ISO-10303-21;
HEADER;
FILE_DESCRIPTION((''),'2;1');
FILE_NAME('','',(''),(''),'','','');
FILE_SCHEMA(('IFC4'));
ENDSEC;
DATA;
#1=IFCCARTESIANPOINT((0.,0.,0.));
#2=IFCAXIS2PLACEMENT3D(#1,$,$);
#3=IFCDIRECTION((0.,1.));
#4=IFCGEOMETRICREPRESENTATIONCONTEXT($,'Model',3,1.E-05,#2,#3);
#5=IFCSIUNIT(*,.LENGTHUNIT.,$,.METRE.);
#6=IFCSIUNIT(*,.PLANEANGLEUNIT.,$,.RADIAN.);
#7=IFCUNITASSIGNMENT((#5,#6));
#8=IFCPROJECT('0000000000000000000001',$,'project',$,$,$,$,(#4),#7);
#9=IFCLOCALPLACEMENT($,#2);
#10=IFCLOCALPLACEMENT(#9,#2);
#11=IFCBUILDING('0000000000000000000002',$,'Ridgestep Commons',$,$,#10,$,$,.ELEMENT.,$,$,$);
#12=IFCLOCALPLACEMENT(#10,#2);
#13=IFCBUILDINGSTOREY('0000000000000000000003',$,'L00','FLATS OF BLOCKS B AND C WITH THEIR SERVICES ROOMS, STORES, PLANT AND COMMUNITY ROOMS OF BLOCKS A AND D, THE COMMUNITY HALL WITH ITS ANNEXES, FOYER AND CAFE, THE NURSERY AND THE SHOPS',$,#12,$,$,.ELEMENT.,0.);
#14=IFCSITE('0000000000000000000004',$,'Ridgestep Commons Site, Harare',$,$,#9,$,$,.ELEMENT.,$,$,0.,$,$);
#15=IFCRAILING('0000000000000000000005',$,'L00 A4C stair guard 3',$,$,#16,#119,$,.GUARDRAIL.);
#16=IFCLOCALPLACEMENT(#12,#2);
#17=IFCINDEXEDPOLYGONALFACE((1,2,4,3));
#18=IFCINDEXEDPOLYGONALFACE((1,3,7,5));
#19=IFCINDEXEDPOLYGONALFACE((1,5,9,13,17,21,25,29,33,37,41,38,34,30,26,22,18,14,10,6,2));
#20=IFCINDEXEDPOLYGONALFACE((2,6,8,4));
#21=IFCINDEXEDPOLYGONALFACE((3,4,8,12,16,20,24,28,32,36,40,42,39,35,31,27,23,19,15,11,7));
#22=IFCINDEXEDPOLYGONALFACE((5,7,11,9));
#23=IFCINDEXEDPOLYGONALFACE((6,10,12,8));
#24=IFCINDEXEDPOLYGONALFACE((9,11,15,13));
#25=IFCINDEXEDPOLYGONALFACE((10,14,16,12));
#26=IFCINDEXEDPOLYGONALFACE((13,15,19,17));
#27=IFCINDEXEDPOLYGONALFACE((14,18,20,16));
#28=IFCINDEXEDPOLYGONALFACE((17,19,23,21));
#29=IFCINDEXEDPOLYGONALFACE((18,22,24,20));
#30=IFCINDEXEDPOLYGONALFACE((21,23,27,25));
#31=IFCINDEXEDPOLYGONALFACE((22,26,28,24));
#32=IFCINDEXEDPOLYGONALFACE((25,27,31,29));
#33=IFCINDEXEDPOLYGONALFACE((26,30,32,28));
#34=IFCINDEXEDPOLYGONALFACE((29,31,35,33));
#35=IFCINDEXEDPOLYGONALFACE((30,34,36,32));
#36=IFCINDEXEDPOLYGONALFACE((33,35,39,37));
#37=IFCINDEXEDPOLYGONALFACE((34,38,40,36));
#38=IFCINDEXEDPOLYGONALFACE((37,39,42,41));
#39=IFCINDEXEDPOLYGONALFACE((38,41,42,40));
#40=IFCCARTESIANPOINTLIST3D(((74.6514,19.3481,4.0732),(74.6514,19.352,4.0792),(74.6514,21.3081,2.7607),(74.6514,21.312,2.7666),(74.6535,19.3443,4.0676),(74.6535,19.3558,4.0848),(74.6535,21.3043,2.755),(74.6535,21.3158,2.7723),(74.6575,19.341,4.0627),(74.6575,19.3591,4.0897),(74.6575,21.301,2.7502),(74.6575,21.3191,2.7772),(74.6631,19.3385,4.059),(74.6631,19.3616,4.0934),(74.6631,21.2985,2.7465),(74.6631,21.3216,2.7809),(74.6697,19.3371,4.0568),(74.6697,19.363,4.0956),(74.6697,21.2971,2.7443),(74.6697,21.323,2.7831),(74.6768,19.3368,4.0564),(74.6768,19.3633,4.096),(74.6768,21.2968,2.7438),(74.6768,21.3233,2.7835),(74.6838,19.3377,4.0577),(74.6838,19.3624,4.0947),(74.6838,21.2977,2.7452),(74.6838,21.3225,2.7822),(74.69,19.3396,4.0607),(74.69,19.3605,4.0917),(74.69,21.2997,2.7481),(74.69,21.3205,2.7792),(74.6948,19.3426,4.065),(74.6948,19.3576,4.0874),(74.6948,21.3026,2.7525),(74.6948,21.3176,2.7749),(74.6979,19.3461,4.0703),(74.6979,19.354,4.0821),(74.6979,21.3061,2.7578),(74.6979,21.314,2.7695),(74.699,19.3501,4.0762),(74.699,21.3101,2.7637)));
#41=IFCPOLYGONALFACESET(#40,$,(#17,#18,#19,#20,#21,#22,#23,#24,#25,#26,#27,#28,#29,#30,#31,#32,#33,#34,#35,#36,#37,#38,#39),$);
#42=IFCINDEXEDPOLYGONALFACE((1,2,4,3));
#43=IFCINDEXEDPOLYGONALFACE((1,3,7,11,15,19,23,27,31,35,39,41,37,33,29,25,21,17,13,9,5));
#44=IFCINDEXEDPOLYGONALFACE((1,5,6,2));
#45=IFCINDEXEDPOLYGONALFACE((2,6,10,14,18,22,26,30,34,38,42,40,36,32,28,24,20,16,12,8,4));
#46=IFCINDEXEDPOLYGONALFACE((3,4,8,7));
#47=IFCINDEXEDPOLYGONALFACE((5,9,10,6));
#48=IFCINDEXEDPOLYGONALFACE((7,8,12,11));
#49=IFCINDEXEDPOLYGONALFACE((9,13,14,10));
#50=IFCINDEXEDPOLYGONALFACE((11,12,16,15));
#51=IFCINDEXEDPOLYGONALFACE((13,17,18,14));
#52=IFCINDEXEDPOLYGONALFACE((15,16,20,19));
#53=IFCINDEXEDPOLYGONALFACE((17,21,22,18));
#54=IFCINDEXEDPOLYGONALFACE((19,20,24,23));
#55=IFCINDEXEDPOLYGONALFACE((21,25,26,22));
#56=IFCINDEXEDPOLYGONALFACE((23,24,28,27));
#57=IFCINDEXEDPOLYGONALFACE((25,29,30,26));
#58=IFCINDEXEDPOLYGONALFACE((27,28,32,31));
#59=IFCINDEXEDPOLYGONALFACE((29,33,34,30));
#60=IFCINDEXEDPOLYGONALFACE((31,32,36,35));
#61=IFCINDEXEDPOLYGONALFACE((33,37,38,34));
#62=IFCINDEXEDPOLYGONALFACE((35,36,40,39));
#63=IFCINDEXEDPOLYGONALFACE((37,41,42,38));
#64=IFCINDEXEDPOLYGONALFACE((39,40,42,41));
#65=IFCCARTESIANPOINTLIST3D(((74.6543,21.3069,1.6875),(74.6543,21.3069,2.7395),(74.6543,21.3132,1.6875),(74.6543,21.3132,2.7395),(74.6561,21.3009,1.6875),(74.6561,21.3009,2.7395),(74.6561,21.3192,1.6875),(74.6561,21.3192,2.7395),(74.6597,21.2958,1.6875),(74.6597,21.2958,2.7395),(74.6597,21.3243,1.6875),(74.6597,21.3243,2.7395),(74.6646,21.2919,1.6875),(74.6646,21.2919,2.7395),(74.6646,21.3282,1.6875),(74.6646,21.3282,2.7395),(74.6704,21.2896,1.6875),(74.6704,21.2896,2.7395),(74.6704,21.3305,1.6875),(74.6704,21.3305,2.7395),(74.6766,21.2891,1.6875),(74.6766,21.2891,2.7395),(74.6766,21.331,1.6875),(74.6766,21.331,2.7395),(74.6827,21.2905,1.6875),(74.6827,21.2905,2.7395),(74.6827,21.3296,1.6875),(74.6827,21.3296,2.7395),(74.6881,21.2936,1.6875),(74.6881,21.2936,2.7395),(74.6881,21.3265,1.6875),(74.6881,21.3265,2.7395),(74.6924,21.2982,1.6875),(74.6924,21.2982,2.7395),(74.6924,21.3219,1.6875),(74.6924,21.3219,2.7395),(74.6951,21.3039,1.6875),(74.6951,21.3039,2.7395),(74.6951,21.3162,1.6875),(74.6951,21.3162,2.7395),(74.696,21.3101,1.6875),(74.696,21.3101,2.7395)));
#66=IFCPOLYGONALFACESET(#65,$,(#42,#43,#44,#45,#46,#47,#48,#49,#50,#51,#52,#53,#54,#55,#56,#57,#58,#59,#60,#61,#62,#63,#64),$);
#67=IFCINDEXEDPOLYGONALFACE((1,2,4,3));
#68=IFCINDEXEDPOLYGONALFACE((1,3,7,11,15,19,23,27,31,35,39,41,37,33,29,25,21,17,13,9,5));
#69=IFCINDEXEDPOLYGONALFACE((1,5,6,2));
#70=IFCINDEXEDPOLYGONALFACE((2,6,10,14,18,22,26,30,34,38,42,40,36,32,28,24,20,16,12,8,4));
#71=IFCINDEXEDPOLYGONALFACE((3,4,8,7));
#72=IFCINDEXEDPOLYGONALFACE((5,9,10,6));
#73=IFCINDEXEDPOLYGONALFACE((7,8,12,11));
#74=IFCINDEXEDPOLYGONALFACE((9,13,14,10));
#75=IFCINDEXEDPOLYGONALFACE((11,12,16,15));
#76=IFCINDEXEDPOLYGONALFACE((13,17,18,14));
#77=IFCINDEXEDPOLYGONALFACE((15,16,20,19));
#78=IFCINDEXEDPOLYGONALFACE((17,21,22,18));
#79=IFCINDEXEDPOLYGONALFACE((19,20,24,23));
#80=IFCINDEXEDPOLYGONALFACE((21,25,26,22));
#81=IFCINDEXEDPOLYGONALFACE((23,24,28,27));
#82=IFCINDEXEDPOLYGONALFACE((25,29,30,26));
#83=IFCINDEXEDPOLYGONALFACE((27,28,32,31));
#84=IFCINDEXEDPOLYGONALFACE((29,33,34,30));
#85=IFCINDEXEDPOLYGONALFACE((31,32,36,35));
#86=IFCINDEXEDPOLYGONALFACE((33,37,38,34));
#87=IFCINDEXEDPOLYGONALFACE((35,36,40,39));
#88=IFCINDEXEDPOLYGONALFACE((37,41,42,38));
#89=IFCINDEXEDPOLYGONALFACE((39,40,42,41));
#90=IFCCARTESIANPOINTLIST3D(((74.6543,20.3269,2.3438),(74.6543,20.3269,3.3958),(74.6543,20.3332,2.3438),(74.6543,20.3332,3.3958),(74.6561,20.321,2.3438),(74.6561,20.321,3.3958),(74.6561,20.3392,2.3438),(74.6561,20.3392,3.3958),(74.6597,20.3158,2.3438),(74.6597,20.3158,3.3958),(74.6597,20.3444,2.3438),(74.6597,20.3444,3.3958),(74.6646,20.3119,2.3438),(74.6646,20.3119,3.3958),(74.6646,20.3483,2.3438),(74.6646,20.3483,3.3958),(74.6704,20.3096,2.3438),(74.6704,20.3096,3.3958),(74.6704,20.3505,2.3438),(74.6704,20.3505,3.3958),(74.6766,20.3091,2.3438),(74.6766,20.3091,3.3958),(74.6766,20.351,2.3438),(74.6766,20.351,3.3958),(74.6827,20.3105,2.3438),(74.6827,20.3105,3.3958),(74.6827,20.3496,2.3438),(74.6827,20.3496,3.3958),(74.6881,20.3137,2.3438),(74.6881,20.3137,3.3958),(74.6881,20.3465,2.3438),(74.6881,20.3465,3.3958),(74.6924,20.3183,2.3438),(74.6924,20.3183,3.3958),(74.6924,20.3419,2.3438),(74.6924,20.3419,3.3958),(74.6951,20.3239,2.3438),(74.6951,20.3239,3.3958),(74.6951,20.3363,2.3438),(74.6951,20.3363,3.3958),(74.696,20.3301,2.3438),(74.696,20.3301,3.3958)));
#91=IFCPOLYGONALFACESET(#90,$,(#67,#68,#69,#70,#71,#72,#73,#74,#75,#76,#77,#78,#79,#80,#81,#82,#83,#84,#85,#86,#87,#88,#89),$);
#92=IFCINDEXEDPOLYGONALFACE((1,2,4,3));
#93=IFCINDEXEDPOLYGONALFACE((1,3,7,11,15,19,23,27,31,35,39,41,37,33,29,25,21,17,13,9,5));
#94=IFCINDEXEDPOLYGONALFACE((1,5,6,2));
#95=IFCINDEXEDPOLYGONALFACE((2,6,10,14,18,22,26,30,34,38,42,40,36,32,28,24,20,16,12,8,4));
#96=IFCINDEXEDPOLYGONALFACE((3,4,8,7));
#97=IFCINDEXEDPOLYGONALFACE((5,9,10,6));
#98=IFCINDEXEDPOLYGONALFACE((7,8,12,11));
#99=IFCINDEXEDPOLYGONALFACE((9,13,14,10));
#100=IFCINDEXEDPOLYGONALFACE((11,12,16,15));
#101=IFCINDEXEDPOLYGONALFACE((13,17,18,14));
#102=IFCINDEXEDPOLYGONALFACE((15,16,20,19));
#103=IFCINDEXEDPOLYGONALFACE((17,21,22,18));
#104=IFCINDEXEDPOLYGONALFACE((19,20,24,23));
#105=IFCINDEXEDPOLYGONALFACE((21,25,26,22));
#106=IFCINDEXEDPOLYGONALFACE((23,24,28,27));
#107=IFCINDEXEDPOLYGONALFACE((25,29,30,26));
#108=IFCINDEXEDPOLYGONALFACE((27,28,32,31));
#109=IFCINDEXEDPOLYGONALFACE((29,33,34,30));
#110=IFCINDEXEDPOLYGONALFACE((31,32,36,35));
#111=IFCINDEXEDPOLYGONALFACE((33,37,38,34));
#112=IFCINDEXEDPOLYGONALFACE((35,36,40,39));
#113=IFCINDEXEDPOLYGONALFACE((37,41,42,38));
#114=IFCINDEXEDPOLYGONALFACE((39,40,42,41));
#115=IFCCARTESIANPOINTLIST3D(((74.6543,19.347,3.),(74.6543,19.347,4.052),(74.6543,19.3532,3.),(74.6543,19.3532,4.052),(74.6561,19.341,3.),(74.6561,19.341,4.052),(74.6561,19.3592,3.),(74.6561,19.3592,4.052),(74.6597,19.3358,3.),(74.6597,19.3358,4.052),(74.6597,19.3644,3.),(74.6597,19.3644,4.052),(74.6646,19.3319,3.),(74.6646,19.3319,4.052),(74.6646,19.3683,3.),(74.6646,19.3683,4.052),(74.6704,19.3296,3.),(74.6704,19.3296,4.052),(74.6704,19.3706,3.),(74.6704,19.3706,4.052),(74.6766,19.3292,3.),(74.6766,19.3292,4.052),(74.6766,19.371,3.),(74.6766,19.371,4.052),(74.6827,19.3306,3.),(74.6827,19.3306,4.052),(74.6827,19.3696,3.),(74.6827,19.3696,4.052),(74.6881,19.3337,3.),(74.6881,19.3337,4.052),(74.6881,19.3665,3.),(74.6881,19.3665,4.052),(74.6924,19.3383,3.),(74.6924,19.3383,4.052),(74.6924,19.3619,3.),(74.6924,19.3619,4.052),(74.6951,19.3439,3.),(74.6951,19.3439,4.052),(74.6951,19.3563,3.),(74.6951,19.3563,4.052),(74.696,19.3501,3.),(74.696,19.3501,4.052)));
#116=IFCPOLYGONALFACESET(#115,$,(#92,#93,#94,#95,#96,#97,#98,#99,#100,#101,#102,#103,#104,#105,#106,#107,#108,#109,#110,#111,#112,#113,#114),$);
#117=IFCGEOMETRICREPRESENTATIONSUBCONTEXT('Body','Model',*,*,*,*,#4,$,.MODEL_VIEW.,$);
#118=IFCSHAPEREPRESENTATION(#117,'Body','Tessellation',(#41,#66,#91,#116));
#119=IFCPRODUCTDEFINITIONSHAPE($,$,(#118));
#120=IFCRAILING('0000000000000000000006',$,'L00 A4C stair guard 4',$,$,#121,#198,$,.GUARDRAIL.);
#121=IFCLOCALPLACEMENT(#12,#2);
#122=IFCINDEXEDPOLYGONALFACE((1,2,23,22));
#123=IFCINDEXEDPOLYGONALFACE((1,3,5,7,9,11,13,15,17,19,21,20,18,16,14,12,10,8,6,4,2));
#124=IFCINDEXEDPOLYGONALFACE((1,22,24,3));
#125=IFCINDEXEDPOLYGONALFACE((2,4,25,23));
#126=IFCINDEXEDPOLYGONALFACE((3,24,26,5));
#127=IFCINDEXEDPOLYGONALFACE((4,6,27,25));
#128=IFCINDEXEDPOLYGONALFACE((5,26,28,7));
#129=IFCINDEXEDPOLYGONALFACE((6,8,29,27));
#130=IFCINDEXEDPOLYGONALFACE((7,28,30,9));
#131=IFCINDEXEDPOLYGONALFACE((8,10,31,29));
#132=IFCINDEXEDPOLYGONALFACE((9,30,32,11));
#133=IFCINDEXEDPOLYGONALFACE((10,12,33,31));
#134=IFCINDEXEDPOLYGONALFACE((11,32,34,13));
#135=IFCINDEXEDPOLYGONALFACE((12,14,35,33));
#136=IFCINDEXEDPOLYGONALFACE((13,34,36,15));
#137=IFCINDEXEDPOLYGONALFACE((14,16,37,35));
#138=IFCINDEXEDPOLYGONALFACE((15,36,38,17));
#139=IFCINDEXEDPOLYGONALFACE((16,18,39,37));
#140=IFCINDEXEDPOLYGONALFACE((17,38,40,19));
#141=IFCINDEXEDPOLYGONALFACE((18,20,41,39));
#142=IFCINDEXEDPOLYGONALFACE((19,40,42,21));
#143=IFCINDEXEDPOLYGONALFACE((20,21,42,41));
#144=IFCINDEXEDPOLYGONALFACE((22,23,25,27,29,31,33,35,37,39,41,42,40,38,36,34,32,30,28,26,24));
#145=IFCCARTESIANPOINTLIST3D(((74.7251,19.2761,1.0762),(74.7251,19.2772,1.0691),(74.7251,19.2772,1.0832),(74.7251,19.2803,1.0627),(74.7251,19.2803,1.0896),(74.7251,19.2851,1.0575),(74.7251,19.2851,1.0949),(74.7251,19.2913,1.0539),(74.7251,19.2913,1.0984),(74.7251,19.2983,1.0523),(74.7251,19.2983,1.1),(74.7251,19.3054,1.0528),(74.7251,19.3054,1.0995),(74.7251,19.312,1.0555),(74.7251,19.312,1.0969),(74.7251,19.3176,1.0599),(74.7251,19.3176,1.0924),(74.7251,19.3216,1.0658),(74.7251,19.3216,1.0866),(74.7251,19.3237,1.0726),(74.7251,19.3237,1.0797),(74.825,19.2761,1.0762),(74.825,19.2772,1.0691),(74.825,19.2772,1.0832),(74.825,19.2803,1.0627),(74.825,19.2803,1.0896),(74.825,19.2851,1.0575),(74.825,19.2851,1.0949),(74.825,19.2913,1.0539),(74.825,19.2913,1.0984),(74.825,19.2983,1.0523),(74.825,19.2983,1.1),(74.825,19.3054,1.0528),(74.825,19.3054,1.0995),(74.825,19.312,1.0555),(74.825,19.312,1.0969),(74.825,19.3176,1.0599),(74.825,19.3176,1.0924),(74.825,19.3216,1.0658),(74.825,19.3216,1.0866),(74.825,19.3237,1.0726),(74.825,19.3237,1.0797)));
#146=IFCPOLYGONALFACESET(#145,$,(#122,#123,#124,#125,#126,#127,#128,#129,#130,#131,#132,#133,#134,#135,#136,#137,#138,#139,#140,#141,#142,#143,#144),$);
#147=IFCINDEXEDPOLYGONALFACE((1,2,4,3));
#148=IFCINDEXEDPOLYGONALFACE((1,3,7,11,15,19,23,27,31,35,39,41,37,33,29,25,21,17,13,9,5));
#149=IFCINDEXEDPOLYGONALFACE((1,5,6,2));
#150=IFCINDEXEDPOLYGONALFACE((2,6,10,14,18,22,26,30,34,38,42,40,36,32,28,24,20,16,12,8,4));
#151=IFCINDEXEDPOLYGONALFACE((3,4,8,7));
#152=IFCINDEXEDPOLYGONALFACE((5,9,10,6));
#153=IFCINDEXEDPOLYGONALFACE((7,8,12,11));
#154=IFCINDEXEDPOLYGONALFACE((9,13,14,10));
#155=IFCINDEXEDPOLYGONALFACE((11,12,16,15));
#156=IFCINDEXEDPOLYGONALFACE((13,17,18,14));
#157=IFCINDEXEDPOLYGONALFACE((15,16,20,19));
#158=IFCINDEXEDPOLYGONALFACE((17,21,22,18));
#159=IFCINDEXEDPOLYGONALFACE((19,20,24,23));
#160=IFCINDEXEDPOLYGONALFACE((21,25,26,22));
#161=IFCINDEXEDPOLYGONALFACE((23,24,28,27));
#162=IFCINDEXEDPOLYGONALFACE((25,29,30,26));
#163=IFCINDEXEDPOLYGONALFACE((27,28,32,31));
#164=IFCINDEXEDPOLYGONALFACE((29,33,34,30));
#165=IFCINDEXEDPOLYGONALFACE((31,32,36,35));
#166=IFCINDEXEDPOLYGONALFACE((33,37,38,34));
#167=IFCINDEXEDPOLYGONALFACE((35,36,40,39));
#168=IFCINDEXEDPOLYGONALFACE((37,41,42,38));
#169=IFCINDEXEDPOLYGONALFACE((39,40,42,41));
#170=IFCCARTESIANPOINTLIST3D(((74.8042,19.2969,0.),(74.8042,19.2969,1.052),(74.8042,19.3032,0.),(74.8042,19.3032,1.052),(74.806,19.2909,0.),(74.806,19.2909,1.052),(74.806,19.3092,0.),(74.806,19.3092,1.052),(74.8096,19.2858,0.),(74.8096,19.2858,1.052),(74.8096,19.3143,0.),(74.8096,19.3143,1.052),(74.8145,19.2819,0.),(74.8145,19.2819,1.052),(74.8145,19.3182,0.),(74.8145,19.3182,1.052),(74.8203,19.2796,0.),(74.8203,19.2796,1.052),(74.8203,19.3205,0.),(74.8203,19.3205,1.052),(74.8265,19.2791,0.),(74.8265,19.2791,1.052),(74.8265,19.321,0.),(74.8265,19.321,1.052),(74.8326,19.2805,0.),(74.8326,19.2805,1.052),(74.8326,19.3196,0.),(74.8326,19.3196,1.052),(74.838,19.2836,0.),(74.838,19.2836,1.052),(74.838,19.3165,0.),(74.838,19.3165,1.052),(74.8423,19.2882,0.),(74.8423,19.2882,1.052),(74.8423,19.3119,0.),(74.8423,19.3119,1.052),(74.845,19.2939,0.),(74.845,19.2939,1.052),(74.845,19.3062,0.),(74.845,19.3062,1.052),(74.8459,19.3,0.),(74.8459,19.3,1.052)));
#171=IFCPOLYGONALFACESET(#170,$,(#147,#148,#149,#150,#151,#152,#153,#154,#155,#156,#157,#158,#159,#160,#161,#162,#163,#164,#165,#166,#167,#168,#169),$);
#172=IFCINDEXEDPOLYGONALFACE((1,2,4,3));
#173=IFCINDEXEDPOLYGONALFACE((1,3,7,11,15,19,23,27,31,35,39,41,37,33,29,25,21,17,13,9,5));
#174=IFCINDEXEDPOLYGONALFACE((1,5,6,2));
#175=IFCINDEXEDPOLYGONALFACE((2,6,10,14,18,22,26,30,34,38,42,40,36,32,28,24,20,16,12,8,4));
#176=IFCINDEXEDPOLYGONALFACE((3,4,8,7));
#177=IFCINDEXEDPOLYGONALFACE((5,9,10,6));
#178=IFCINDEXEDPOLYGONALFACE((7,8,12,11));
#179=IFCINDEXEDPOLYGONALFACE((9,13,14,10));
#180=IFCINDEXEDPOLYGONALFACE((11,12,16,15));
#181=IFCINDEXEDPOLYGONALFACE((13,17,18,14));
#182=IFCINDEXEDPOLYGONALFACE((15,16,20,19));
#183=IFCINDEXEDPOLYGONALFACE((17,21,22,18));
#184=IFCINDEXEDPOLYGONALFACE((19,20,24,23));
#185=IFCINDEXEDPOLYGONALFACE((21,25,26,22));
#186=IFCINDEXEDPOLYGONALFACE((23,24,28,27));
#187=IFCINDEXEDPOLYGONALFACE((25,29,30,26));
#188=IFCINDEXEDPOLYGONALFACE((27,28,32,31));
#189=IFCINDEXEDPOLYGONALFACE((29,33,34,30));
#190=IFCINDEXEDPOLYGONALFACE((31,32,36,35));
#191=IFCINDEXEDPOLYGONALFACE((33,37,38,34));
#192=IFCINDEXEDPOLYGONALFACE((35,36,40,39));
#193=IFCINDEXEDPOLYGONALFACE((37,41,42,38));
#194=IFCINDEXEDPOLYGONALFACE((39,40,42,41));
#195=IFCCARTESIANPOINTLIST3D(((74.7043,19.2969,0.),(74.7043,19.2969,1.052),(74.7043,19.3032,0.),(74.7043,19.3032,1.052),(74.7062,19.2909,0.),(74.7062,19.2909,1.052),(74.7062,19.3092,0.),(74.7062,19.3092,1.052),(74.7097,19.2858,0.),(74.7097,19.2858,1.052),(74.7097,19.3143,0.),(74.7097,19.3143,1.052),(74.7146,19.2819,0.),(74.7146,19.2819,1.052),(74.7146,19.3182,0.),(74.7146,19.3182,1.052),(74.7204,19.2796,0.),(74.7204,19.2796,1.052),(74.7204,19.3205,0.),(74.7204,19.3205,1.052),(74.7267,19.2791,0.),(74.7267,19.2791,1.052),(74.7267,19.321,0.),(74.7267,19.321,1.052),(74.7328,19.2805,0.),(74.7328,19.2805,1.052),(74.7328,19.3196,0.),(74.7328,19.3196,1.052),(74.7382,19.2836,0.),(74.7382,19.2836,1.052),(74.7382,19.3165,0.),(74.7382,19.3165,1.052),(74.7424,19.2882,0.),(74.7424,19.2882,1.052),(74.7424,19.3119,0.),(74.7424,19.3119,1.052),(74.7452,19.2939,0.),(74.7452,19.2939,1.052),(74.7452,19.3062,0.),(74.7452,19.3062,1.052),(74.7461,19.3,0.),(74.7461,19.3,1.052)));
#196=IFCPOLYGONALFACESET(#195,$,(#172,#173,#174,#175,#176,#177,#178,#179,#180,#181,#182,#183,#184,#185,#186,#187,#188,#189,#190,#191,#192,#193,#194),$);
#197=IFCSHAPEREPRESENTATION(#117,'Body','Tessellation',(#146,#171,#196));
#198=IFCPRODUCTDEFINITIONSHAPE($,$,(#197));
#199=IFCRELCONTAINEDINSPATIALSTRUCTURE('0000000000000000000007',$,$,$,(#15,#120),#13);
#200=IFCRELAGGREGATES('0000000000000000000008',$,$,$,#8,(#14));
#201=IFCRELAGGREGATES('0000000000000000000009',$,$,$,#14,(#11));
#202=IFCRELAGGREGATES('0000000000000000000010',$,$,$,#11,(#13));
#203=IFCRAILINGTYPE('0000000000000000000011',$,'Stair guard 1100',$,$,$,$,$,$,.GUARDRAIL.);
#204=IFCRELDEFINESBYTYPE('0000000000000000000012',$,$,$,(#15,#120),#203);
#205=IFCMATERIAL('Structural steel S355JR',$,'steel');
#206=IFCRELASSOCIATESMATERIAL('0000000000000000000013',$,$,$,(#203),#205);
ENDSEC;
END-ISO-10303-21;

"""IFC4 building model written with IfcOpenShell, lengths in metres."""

from ifc_helpers import new_model, si_unit, direction, frame, origin, origin_2d, place, context, subcontext, project, spatial, circle, extrude, material, type_object, element, save


model = new_model("IFC4")

# Units and contexts
model_context = context("Model", 3, precision=1e-05, world=origin(), true_north=direction((0.0, 1.0)))
body_context = subcontext(model_context, "Body", "Model", "MODEL_VIEW")
ifc_project = project(units=[si_unit("LENGTHUNIT", "METRE"), si_unit("PLANEANGLEUNIT", "RADIAN")], contexts=[model_context])

# Site, building, storey
site_placement = place(None, origin())
site = spatial("IfcSite", under=ifc_project, at=site_placement, Name="Ridgestep Commons Site, Harare", CompositionType="ELEMENT", RefElevation=0.0)
building_placement = place(site_placement, origin())
building = spatial("IfcBuilding", under=site, at=building_placement, Name="Ridgestep Commons", CompositionType="ELEMENT")
storey_placement = place(building_placement, origin())
storey = spatial("IfcBuildingStorey", under=building, at=storey_placement, Name="L00", Description="FLATS OF BLOCKS B AND C WITH THEIR SERVICES ROOMS, STORES, PLANT AND COMMUNITY ROOMS OF BLOCKS A AND D, THE COMMUNITY HALL WITH ITS ANNEXES, FOYER AND CAFE, THE NURSERY AND THE SHOPS", CompositionType="ELEMENT", Elevation=0.0)

# Railings
ifc_material_1 = material(Name="Structural steel S355JR", Category="steel")
railing_type_1 = type_object("IfcRailingType", Name="Stair guard 1100", PredefinedType="GUARDRAIL", material=ifc_material_1)
railing_1_placement = place(storey_placement, frame((74.675, 21.3101, 1.6875)))
element("IfcRailing", 1, at=railing_1_placement, inside=storey, type_object=railing_type_1, Name="L00 A4C stair guard 3", PredefinedType="GUARDRAIL", context=body_context, shape_type="SweptSolid", body=[
    extrude(circle(Radius=0.0239, at=origin_2d()), frame((0.0, 0.0, 1.0762), z_axis=(0.0, -0.830902, 0.556419), x_axis=(1.0, 0.0, 0.0)), (0.0, 0.0, 1.0), 2.3589),
    extrude(circle(Radius=0.021, at=origin_2d()), origin(), (0.0, 0.0, 1.0), 1.052),
    extrude(circle(Radius=0.021, at=origin_2d()), frame((0.0, -0.98, 0.6562)), (0.0, 0.0, 1.0), 1.052),
    extrude(circle(Radius=0.021, at=origin_2d()), frame((0.0, -1.96, 1.3125)), (0.0, 0.0, 1.0), 1.052),
])
railing_2_placement = place(storey_placement, frame((74.825, 19.3, 0.0)))
element("IfcRailing", 2, at=railing_2_placement, inside=storey, type_object=railing_type_1, Name="L00 A4C stair guard 4", PredefinedType="GUARDRAIL", context=body_context, shape_type="SweptSolid", body=[
    extrude(circle(Radius=0.0239, at=origin_2d()), frame((0.0, 0.0, 1.0762), z_axis=(-1.0, 0.0, 0.0), x_axis=(0.0, -1.0, 0.0)), (0.0, 0.0, 1.0), 0.0999),
    extrude(circle(Radius=0.021, at=origin_2d()), origin(), (0.0, 0.0, 1.0), 1.052),
    extrude(circle(Radius=0.021, at=origin_2d()), frame((-0.0999, 0.0, 0.0)), (0.0, 0.0, 1.0), 1.052),
])

save(model, "model.ifc")
